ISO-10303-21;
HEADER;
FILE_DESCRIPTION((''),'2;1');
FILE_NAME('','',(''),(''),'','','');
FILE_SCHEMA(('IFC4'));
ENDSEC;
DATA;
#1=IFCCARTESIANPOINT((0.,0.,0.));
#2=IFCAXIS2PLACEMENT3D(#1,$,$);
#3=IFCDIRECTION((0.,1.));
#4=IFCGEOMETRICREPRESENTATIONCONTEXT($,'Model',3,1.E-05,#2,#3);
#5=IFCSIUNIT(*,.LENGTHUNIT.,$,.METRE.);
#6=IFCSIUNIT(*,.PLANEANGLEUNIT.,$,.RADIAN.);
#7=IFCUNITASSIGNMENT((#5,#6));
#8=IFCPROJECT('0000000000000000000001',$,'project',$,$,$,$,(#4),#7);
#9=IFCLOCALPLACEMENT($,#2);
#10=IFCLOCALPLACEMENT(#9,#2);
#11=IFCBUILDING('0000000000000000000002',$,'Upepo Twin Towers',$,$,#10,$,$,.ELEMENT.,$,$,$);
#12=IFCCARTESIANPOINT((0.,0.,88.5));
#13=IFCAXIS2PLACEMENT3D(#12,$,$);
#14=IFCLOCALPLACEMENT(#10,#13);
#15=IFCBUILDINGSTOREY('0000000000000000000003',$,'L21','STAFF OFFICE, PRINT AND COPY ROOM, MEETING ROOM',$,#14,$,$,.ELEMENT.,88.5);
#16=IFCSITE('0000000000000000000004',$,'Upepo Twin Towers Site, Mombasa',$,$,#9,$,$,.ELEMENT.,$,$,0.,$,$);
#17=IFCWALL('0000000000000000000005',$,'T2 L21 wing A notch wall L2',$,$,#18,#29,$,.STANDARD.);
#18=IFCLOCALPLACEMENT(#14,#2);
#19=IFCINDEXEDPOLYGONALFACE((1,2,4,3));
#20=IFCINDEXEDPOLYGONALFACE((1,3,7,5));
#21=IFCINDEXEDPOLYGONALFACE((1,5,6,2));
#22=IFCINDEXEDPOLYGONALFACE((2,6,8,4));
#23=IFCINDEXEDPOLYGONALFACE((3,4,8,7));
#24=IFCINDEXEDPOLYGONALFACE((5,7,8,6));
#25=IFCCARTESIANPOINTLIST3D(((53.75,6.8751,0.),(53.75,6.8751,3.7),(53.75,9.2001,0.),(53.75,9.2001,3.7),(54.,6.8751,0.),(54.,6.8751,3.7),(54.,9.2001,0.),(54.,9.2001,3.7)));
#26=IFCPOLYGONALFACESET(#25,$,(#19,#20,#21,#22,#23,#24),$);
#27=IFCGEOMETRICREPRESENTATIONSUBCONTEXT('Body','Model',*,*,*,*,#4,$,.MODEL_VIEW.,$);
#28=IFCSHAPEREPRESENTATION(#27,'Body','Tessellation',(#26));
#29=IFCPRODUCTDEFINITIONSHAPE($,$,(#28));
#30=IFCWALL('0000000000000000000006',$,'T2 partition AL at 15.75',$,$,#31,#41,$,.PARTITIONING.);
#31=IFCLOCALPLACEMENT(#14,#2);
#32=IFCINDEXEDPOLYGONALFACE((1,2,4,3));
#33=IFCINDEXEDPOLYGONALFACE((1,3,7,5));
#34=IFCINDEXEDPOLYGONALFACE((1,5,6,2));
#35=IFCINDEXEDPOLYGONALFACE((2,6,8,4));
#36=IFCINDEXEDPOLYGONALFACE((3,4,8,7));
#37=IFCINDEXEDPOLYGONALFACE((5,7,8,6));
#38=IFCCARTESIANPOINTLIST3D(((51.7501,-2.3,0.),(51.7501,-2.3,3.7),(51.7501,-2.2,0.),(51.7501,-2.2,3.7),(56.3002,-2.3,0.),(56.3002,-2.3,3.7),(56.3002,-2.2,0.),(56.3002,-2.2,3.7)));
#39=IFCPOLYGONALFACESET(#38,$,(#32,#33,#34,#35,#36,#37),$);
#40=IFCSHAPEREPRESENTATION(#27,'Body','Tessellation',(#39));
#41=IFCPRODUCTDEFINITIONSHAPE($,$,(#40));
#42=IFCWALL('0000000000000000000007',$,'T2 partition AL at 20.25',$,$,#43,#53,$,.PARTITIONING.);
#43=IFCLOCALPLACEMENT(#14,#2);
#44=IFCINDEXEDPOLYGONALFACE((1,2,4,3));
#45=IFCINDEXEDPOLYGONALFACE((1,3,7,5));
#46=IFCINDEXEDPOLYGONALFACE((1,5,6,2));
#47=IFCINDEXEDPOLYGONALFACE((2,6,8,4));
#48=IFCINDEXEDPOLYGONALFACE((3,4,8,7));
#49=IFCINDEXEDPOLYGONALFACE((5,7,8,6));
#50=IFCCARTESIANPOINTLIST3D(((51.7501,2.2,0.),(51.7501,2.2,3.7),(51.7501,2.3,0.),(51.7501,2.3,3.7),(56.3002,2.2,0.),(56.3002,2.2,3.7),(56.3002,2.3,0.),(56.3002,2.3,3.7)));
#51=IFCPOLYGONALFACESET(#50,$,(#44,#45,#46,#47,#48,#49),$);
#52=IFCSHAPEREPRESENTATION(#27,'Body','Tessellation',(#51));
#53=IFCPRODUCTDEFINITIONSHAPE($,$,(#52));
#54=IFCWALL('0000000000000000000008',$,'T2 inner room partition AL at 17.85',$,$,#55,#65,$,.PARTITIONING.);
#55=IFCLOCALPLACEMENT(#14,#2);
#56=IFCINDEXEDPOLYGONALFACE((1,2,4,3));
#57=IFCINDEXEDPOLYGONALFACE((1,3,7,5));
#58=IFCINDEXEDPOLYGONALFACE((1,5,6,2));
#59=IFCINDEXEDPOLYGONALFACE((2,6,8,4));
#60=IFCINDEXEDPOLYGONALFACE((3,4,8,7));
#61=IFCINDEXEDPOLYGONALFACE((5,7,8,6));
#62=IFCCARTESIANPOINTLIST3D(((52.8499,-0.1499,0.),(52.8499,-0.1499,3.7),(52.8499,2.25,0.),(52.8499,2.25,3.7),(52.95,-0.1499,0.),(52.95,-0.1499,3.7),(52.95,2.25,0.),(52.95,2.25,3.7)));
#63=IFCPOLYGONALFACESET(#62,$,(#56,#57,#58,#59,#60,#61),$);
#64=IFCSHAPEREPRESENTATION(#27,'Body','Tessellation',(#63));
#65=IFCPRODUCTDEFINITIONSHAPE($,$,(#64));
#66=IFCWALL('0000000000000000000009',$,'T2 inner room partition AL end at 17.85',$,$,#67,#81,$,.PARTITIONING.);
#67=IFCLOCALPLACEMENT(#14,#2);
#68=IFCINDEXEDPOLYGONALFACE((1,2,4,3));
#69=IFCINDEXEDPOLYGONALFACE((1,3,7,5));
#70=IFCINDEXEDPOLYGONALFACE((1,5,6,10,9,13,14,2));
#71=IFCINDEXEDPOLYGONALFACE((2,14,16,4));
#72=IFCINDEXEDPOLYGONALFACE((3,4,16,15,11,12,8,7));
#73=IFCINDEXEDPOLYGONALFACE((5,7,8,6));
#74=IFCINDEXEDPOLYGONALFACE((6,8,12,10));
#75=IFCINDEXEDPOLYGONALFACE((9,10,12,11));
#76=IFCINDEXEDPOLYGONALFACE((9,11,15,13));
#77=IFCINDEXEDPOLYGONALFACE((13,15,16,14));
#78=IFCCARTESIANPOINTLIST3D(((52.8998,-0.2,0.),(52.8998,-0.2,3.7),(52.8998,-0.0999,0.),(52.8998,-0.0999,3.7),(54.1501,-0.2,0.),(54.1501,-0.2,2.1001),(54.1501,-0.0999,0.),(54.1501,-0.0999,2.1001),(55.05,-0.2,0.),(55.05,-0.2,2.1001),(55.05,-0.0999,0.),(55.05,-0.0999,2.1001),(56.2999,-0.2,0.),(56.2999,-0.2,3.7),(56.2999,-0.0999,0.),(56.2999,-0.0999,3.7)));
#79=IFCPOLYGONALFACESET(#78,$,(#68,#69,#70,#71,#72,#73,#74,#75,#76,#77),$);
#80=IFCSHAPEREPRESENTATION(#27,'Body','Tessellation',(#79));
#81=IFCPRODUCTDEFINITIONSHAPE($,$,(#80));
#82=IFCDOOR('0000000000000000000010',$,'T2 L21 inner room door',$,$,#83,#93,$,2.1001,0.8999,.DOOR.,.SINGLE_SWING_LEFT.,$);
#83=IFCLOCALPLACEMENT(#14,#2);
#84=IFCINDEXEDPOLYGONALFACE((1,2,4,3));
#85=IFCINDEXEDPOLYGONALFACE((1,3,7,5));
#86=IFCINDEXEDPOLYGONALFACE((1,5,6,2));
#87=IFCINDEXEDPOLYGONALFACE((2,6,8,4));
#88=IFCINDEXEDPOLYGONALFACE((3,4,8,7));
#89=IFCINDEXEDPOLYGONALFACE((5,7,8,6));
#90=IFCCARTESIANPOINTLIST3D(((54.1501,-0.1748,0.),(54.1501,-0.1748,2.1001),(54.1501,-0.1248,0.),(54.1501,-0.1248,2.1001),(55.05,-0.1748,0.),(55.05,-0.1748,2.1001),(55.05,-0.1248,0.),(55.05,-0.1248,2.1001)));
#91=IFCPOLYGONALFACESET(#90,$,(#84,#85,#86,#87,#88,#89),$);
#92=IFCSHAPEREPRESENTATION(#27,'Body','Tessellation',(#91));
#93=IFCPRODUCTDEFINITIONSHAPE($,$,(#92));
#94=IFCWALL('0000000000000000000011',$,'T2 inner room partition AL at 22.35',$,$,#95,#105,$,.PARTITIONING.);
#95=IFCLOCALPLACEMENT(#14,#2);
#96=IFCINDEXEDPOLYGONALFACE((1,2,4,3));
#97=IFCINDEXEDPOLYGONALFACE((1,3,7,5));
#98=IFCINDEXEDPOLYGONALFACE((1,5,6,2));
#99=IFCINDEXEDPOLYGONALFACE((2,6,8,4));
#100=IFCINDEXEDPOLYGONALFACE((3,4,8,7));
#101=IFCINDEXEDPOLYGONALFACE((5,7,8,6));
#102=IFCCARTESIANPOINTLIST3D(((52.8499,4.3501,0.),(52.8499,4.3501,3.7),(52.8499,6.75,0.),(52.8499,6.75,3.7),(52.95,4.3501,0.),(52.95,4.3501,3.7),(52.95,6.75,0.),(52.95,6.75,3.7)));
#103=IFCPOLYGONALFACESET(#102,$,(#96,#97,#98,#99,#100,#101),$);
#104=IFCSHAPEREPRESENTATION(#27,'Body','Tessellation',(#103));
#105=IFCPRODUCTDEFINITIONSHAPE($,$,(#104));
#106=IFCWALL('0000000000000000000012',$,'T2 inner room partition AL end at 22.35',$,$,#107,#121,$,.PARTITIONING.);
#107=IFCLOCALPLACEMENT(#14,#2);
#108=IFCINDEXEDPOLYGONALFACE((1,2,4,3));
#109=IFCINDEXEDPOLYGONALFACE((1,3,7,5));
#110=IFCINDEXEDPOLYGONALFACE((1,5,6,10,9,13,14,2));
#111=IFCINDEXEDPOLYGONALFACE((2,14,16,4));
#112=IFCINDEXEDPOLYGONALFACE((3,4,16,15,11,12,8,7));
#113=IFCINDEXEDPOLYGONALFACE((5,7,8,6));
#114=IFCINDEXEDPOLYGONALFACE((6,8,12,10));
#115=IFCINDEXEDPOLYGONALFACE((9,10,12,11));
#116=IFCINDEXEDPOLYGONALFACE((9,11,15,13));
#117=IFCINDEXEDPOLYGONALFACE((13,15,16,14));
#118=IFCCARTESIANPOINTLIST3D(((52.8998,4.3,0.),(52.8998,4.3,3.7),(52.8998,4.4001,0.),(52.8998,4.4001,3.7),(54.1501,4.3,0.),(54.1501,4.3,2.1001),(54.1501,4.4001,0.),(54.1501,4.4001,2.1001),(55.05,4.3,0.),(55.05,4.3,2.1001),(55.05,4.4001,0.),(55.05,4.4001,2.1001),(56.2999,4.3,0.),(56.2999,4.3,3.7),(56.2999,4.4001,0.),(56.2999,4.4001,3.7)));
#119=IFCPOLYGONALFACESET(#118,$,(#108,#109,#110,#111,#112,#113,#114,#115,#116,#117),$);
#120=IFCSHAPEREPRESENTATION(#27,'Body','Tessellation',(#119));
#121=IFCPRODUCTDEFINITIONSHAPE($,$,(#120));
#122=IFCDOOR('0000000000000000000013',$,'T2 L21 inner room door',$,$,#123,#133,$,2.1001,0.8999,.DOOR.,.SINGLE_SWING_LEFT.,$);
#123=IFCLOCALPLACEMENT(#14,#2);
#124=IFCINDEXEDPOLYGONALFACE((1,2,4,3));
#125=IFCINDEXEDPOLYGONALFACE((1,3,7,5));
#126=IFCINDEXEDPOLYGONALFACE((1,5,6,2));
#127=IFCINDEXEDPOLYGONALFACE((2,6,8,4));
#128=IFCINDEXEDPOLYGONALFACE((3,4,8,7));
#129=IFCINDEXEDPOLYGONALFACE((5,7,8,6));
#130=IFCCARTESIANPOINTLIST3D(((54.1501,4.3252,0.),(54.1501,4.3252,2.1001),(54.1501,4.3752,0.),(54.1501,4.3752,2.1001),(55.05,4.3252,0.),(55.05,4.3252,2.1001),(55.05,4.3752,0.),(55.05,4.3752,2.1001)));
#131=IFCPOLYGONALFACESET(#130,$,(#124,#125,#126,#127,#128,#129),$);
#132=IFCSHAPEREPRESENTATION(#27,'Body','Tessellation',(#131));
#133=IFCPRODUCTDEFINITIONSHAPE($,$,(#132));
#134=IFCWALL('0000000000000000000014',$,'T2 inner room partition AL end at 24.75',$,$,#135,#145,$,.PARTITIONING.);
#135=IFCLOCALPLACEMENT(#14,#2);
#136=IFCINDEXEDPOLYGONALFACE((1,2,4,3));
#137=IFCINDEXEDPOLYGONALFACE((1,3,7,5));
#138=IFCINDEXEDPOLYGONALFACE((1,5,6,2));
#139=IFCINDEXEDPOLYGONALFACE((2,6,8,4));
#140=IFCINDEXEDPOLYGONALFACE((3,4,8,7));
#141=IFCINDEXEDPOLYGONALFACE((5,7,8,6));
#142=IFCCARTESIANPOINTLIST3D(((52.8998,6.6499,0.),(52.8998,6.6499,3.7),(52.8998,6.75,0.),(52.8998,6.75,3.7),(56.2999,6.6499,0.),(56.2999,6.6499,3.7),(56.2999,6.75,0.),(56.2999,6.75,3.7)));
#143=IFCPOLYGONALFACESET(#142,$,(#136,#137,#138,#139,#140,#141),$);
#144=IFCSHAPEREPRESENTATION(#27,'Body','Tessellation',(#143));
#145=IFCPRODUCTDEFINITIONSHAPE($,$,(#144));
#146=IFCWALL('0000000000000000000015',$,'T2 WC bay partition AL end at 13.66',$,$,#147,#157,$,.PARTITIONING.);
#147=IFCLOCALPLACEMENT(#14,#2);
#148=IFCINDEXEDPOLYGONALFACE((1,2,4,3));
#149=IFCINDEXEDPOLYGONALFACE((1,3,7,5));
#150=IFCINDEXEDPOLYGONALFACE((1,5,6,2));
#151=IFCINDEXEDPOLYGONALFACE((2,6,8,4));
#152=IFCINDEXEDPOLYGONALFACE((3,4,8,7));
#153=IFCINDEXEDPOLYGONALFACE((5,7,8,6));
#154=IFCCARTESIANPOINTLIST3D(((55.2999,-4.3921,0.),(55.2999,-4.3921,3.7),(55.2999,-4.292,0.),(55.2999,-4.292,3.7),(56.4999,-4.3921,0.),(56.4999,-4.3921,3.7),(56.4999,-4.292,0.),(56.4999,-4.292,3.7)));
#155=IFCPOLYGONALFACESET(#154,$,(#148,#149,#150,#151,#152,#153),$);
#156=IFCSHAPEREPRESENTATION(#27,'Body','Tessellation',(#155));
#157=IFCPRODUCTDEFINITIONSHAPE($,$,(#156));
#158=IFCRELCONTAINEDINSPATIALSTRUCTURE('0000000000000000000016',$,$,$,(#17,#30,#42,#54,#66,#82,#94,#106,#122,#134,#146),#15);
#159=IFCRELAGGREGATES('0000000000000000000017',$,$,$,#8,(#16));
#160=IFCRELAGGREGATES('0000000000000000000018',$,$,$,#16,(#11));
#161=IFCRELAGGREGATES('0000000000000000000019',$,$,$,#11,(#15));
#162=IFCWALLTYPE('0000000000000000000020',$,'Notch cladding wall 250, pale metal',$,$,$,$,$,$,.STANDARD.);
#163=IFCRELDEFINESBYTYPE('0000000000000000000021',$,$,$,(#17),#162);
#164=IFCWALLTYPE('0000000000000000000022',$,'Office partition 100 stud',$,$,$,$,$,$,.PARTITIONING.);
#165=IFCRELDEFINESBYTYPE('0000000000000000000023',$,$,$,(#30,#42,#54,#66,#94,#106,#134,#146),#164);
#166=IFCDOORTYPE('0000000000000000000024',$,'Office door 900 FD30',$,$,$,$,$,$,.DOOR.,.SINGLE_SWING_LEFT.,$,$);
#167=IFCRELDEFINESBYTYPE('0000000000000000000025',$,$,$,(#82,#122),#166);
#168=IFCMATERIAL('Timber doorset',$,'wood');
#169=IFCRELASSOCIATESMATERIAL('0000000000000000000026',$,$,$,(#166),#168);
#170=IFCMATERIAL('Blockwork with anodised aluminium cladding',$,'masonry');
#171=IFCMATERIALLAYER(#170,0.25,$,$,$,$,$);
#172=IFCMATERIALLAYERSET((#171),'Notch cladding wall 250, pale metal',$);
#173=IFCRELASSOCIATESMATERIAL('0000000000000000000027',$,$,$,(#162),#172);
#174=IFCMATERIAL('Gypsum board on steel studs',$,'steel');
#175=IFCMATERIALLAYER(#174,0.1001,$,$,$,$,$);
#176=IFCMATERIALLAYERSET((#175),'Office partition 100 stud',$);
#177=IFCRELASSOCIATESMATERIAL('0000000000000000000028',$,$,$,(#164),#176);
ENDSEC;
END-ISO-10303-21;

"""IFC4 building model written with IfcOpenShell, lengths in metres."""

from ifc_helpers import new_model, si_unit, direction, frame, frame_2d, origin, place, context, subcontext, project, spatial, rectangle, extrude, material, layer, layer_set, type_object, element, fill, save


model = new_model("IFC4")

# Units and contexts
model_context = context("Model", 3, precision=1e-05, world=origin(), true_north=direction((0.0, 1.0)))
body_context = subcontext(model_context, "Body", "Model", "MODEL_VIEW")
ifc_project = project(units=[si_unit("LENGTHUNIT", "METRE"), si_unit("PLANEANGLEUNIT", "RADIAN")], contexts=[model_context])

# Site, building, storey
site_placement = place(None, origin())
site = spatial("IfcSite", under=ifc_project, at=site_placement, Name="Upepo Twin Towers Site, Mombasa", CompositionType="ELEMENT", RefElevation=0.0)
building_placement = place(site_placement, origin())
building = spatial("IfcBuilding", under=site, at=building_placement, Name="Upepo Twin Towers", CompositionType="ELEMENT")
storey_placement = place(building_placement, frame((0.0, 0.0, 88.5)))
storey = spatial("IfcBuildingStorey", under=building, at=storey_placement, Name="L21", Description="STAFF OFFICE, PRINT AND COPY ROOM, MEETING ROOM", CompositionType="ELEMENT", Elevation=88.5)

# Shared definitions
ifc_material_1 = material(Name="Timber doorset", Category="wood")
door_type_1 = type_object("IfcDoorType", Name="Office door 900 FD30", OperationType="SINGLE_SWING_LEFT", PredefinedType="DOOR", material=ifc_material_1)

# Walls
ifc_material_2 = material(Name="Blockwork with anodised aluminium cladding", Category="masonry")
ifc_layer_1 = layer(ifc_material_2, 0.25)
ifc_layer_set_1 = layer_set([ifc_layer_1], Name="Notch cladding wall 250, pale metal")
wall_type_1 = type_object("IfcWallType", Name="Notch cladding wall 250, pale metal", PredefinedType="STANDARD", material=ifc_layer_set_1)
wall_1_placement = place(storey_placement, frame((53.875, 6.875, 0.0), z_axis=(0.0, 0.0, 1.0), x_axis=(0.0, 1.0, 0.0)))
element("IfcWall", 1, at=wall_1_placement, inside=storey, type_object=wall_type_1, Name="T2 L21 wing A notch wall L2", PredefinedType="STANDARD", context=body_context, shape_type="SweptSolid", body=[
    extrude(rectangle(XDim=2.325, YDim=0.25, at=frame_2d((1.1626, 0.0))), origin(), (0.0, 0.0, 1.0), 3.7),
])
ifc_material_3 = material(Name="Gypsum board on steel studs", Category="steel")
ifc_layer_2 = layer(ifc_material_3, 0.1001)
ifc_layer_set_2 = layer_set([ifc_layer_2], Name="Office partition 100 stud")
wall_type_2 = type_object("IfcWallType", Name="Office partition 100 stud", PredefinedType="PARTITIONING", material=ifc_layer_set_2)
for number, where, z_axis, x_axis, name in (
    (2, (56.3, -2.25, 0.0), (0.0, 0.0, 1.0), (-1.0, 0.0, 0.0), "T2 partition AL at 15.75"),
    (3, (56.3, 2.25, 0.0), (0.0, 0.0, 1.0), (-1.0, 0.0, 0.0), "T2 partition AL at 20.25"),
):
    element("IfcWall", number, at=place(storey_placement, frame(where, z_axis=z_axis, x_axis=x_axis)), inside=storey, type_object=wall_type_2, Name=name, PredefinedType="PARTITIONING", context=body_context, shape_type="SweptSolid", body=[
        extrude(rectangle(XDim=4.55, YDim=0.1001, at=frame_2d((2.2749, 0.0))), origin(), (0.0, 0.0, 1.0), 3.7),
    ])
wall_2_placement = place(storey_placement, frame((52.8999, -0.1499, 0.0), z_axis=(0.0, 0.0, 1.0), x_axis=(0.0, 1.0, 0.0)))
element("IfcWall", 4, at=wall_2_placement, inside=storey, type_object=wall_type_2, Name="T2 inner room partition AL at 17.85", PredefinedType="PARTITIONING", context=body_context, shape_type="SweptSolid", body=[
    extrude(rectangle(XDim=2.3999, YDim=0.1001, at=frame_2d((1.2, 0.0))), origin(), (0.0, 0.0, 1.0), 3.7),
])

# Wall, opening, door
wall_3_placement = place(storey_placement, frame((56.3, -0.1499, 0.0), z_axis=(0.0, 0.0, 1.0), x_axis=(-1.0, 0.0, 0.0)))
wall_3 = element("IfcWall", 5, at=wall_3_placement, inside=storey, type_object=wall_type_2, Name="T2 inner room partition AL end at 17.85", PredefinedType="PARTITIONING", context=body_context, shape_type="SweptSolid", body=[
    extrude(rectangle(XDim=3.4001, YDim=0.1001, at=frame_2d((1.7002, 0.0))), origin(), (0.0, 0.0, 1.0), 3.7),
])
opening_1_placement = place(wall_3_placement, frame((1.25, 0.0, 0.0)))
opening_1 = element("IfcOpeningElement", 6, at=opening_1_placement, cuts=wall_3, PredefinedType="OPENING", context=body_context, shape_type="SweptSolid", body=[
    extrude(rectangle(XDim=0.8999, YDim=2.1001, at=frame_2d((0.45, 1.05))), frame((0.0, 0.0601, 0.0), z_axis=(0.0, -1.0, 0.0), x_axis=(1.0, 0.0, 0.0)), (0.0, 0.0, 1.0), 0.1201),
])
door_1_placement = place(opening_1_placement, origin())
door_1 = element("IfcDoor", 7, at=door_1_placement, inside=storey, type_object=door_type_1, Name="T2 L21 inner room door", OperationType="SINGLE_SWING_LEFT", OverallHeight=2.1001, OverallWidth=0.8999, PredefinedType="DOOR", context=body_context, shape_type="SweptSolid", body=[
    extrude(rectangle(XDim=0.8999, YDim=2.1001, at=frame_2d((0.45, 1.05))), frame((0.0, 0.0249, 0.0), z_axis=(0.0, -1.0, 0.0), x_axis=(1.0, 0.0, 0.0)), (0.0, 0.0, 1.0), 0.05),
])
fill(opening_1, door_1)

# Wall
wall_4_placement = place(storey_placement, frame((52.8999, 4.3501, 0.0), z_axis=(0.0, 0.0, 1.0), x_axis=(0.0, 1.0, 0.0)))
element("IfcWall", 8, at=wall_4_placement, inside=storey, type_object=wall_type_2, Name="T2 inner room partition AL at 22.35", PredefinedType="PARTITIONING", context=body_context, shape_type="SweptSolid", body=[
    extrude(rectangle(XDim=2.3999, YDim=0.1001, at=frame_2d((1.2, 0.0))), origin(), (0.0, 0.0, 1.0), 3.7),
])

# Wall, opening, door
wall_5_placement = place(storey_placement, frame((56.3, 4.3501, 0.0), z_axis=(0.0, 0.0, 1.0), x_axis=(-1.0, 0.0, 0.0)))
wall_5 = element("IfcWall", 9, at=wall_5_placement, inside=storey, type_object=wall_type_2, Name="T2 inner room partition AL end at 22.35", PredefinedType="PARTITIONING", context=body_context, shape_type="SweptSolid", body=[
    extrude(rectangle(XDim=3.4001, YDim=0.1001, at=frame_2d((1.7002, 0.0))), origin(), (0.0, 0.0, 1.0), 3.7),
])
opening_2_placement = place(wall_5_placement, frame((1.25, 0.0, 0.0)))
opening_2 = element("IfcOpeningElement", 10, at=opening_2_placement, cuts=wall_5, PredefinedType="OPENING", context=body_context, shape_type="SweptSolid", body=[
    extrude(rectangle(XDim=0.8999, YDim=2.1001, at=frame_2d((0.45, 1.05))), frame((0.0, 0.0601, 0.0), z_axis=(0.0, -1.0, 0.0), x_axis=(1.0, 0.0, 0.0)), (0.0, 0.0, 1.0), 0.1201),
])
door_2_placement = place(opening_2_placement, origin())
door_2 = element("IfcDoor", 11, at=door_2_placement, inside=storey, type_object=door_type_1, Name="T2 L21 inner room door", OperationType="SINGLE_SWING_LEFT", OverallHeight=2.1001, OverallWidth=0.8999, PredefinedType="DOOR", context=body_context, shape_type="SweptSolid", body=[
    extrude(rectangle(XDim=0.8999, YDim=2.1001, at=frame_2d((0.45, 1.05))), frame((0.0, 0.0249, 0.0), z_axis=(0.0, -1.0, 0.0), x_axis=(1.0, 0.0, 0.0)), (0.0, 0.0, 1.0), 0.05),
])
fill(opening_2, door_2)

# Walls
wall_6_placement = place(storey_placement, frame((56.3, 6.7, 0.0), z_axis=(0.0, 0.0, 1.0), x_axis=(-1.0, 0.0, 0.0)))
element("IfcWall", 12, at=wall_6_placement, inside=storey, type_object=wall_type_2, Name="T2 inner room partition AL end at 24.75", PredefinedType="PARTITIONING", context=body_context, shape_type="SweptSolid", body=[
    extrude(rectangle(XDim=3.4001, YDim=0.1001, at=frame_2d((1.7002, 0.0))), origin(), (0.0, 0.0, 1.0), 3.7),
])
wall_7_placement = place(storey_placement, frame((56.5, -4.342, 0.0), z_axis=(0.0, 0.0, 1.0), x_axis=(-1.0, 0.0, 0.0)))
element("IfcWall", 13, at=wall_7_placement, inside=storey, type_object=wall_type_2, Name="T2 WC bay partition AL end at 13.66", PredefinedType="PARTITIONING", context=body_context, shape_type="SweptSolid", body=[
    extrude(rectangle(XDim=1.2, YDim=0.1001, at=frame_2d((0.6001, 0.0))), origin(), (0.0, 0.0, 1.0), 3.7),
])

save(model, "model.ifc")
